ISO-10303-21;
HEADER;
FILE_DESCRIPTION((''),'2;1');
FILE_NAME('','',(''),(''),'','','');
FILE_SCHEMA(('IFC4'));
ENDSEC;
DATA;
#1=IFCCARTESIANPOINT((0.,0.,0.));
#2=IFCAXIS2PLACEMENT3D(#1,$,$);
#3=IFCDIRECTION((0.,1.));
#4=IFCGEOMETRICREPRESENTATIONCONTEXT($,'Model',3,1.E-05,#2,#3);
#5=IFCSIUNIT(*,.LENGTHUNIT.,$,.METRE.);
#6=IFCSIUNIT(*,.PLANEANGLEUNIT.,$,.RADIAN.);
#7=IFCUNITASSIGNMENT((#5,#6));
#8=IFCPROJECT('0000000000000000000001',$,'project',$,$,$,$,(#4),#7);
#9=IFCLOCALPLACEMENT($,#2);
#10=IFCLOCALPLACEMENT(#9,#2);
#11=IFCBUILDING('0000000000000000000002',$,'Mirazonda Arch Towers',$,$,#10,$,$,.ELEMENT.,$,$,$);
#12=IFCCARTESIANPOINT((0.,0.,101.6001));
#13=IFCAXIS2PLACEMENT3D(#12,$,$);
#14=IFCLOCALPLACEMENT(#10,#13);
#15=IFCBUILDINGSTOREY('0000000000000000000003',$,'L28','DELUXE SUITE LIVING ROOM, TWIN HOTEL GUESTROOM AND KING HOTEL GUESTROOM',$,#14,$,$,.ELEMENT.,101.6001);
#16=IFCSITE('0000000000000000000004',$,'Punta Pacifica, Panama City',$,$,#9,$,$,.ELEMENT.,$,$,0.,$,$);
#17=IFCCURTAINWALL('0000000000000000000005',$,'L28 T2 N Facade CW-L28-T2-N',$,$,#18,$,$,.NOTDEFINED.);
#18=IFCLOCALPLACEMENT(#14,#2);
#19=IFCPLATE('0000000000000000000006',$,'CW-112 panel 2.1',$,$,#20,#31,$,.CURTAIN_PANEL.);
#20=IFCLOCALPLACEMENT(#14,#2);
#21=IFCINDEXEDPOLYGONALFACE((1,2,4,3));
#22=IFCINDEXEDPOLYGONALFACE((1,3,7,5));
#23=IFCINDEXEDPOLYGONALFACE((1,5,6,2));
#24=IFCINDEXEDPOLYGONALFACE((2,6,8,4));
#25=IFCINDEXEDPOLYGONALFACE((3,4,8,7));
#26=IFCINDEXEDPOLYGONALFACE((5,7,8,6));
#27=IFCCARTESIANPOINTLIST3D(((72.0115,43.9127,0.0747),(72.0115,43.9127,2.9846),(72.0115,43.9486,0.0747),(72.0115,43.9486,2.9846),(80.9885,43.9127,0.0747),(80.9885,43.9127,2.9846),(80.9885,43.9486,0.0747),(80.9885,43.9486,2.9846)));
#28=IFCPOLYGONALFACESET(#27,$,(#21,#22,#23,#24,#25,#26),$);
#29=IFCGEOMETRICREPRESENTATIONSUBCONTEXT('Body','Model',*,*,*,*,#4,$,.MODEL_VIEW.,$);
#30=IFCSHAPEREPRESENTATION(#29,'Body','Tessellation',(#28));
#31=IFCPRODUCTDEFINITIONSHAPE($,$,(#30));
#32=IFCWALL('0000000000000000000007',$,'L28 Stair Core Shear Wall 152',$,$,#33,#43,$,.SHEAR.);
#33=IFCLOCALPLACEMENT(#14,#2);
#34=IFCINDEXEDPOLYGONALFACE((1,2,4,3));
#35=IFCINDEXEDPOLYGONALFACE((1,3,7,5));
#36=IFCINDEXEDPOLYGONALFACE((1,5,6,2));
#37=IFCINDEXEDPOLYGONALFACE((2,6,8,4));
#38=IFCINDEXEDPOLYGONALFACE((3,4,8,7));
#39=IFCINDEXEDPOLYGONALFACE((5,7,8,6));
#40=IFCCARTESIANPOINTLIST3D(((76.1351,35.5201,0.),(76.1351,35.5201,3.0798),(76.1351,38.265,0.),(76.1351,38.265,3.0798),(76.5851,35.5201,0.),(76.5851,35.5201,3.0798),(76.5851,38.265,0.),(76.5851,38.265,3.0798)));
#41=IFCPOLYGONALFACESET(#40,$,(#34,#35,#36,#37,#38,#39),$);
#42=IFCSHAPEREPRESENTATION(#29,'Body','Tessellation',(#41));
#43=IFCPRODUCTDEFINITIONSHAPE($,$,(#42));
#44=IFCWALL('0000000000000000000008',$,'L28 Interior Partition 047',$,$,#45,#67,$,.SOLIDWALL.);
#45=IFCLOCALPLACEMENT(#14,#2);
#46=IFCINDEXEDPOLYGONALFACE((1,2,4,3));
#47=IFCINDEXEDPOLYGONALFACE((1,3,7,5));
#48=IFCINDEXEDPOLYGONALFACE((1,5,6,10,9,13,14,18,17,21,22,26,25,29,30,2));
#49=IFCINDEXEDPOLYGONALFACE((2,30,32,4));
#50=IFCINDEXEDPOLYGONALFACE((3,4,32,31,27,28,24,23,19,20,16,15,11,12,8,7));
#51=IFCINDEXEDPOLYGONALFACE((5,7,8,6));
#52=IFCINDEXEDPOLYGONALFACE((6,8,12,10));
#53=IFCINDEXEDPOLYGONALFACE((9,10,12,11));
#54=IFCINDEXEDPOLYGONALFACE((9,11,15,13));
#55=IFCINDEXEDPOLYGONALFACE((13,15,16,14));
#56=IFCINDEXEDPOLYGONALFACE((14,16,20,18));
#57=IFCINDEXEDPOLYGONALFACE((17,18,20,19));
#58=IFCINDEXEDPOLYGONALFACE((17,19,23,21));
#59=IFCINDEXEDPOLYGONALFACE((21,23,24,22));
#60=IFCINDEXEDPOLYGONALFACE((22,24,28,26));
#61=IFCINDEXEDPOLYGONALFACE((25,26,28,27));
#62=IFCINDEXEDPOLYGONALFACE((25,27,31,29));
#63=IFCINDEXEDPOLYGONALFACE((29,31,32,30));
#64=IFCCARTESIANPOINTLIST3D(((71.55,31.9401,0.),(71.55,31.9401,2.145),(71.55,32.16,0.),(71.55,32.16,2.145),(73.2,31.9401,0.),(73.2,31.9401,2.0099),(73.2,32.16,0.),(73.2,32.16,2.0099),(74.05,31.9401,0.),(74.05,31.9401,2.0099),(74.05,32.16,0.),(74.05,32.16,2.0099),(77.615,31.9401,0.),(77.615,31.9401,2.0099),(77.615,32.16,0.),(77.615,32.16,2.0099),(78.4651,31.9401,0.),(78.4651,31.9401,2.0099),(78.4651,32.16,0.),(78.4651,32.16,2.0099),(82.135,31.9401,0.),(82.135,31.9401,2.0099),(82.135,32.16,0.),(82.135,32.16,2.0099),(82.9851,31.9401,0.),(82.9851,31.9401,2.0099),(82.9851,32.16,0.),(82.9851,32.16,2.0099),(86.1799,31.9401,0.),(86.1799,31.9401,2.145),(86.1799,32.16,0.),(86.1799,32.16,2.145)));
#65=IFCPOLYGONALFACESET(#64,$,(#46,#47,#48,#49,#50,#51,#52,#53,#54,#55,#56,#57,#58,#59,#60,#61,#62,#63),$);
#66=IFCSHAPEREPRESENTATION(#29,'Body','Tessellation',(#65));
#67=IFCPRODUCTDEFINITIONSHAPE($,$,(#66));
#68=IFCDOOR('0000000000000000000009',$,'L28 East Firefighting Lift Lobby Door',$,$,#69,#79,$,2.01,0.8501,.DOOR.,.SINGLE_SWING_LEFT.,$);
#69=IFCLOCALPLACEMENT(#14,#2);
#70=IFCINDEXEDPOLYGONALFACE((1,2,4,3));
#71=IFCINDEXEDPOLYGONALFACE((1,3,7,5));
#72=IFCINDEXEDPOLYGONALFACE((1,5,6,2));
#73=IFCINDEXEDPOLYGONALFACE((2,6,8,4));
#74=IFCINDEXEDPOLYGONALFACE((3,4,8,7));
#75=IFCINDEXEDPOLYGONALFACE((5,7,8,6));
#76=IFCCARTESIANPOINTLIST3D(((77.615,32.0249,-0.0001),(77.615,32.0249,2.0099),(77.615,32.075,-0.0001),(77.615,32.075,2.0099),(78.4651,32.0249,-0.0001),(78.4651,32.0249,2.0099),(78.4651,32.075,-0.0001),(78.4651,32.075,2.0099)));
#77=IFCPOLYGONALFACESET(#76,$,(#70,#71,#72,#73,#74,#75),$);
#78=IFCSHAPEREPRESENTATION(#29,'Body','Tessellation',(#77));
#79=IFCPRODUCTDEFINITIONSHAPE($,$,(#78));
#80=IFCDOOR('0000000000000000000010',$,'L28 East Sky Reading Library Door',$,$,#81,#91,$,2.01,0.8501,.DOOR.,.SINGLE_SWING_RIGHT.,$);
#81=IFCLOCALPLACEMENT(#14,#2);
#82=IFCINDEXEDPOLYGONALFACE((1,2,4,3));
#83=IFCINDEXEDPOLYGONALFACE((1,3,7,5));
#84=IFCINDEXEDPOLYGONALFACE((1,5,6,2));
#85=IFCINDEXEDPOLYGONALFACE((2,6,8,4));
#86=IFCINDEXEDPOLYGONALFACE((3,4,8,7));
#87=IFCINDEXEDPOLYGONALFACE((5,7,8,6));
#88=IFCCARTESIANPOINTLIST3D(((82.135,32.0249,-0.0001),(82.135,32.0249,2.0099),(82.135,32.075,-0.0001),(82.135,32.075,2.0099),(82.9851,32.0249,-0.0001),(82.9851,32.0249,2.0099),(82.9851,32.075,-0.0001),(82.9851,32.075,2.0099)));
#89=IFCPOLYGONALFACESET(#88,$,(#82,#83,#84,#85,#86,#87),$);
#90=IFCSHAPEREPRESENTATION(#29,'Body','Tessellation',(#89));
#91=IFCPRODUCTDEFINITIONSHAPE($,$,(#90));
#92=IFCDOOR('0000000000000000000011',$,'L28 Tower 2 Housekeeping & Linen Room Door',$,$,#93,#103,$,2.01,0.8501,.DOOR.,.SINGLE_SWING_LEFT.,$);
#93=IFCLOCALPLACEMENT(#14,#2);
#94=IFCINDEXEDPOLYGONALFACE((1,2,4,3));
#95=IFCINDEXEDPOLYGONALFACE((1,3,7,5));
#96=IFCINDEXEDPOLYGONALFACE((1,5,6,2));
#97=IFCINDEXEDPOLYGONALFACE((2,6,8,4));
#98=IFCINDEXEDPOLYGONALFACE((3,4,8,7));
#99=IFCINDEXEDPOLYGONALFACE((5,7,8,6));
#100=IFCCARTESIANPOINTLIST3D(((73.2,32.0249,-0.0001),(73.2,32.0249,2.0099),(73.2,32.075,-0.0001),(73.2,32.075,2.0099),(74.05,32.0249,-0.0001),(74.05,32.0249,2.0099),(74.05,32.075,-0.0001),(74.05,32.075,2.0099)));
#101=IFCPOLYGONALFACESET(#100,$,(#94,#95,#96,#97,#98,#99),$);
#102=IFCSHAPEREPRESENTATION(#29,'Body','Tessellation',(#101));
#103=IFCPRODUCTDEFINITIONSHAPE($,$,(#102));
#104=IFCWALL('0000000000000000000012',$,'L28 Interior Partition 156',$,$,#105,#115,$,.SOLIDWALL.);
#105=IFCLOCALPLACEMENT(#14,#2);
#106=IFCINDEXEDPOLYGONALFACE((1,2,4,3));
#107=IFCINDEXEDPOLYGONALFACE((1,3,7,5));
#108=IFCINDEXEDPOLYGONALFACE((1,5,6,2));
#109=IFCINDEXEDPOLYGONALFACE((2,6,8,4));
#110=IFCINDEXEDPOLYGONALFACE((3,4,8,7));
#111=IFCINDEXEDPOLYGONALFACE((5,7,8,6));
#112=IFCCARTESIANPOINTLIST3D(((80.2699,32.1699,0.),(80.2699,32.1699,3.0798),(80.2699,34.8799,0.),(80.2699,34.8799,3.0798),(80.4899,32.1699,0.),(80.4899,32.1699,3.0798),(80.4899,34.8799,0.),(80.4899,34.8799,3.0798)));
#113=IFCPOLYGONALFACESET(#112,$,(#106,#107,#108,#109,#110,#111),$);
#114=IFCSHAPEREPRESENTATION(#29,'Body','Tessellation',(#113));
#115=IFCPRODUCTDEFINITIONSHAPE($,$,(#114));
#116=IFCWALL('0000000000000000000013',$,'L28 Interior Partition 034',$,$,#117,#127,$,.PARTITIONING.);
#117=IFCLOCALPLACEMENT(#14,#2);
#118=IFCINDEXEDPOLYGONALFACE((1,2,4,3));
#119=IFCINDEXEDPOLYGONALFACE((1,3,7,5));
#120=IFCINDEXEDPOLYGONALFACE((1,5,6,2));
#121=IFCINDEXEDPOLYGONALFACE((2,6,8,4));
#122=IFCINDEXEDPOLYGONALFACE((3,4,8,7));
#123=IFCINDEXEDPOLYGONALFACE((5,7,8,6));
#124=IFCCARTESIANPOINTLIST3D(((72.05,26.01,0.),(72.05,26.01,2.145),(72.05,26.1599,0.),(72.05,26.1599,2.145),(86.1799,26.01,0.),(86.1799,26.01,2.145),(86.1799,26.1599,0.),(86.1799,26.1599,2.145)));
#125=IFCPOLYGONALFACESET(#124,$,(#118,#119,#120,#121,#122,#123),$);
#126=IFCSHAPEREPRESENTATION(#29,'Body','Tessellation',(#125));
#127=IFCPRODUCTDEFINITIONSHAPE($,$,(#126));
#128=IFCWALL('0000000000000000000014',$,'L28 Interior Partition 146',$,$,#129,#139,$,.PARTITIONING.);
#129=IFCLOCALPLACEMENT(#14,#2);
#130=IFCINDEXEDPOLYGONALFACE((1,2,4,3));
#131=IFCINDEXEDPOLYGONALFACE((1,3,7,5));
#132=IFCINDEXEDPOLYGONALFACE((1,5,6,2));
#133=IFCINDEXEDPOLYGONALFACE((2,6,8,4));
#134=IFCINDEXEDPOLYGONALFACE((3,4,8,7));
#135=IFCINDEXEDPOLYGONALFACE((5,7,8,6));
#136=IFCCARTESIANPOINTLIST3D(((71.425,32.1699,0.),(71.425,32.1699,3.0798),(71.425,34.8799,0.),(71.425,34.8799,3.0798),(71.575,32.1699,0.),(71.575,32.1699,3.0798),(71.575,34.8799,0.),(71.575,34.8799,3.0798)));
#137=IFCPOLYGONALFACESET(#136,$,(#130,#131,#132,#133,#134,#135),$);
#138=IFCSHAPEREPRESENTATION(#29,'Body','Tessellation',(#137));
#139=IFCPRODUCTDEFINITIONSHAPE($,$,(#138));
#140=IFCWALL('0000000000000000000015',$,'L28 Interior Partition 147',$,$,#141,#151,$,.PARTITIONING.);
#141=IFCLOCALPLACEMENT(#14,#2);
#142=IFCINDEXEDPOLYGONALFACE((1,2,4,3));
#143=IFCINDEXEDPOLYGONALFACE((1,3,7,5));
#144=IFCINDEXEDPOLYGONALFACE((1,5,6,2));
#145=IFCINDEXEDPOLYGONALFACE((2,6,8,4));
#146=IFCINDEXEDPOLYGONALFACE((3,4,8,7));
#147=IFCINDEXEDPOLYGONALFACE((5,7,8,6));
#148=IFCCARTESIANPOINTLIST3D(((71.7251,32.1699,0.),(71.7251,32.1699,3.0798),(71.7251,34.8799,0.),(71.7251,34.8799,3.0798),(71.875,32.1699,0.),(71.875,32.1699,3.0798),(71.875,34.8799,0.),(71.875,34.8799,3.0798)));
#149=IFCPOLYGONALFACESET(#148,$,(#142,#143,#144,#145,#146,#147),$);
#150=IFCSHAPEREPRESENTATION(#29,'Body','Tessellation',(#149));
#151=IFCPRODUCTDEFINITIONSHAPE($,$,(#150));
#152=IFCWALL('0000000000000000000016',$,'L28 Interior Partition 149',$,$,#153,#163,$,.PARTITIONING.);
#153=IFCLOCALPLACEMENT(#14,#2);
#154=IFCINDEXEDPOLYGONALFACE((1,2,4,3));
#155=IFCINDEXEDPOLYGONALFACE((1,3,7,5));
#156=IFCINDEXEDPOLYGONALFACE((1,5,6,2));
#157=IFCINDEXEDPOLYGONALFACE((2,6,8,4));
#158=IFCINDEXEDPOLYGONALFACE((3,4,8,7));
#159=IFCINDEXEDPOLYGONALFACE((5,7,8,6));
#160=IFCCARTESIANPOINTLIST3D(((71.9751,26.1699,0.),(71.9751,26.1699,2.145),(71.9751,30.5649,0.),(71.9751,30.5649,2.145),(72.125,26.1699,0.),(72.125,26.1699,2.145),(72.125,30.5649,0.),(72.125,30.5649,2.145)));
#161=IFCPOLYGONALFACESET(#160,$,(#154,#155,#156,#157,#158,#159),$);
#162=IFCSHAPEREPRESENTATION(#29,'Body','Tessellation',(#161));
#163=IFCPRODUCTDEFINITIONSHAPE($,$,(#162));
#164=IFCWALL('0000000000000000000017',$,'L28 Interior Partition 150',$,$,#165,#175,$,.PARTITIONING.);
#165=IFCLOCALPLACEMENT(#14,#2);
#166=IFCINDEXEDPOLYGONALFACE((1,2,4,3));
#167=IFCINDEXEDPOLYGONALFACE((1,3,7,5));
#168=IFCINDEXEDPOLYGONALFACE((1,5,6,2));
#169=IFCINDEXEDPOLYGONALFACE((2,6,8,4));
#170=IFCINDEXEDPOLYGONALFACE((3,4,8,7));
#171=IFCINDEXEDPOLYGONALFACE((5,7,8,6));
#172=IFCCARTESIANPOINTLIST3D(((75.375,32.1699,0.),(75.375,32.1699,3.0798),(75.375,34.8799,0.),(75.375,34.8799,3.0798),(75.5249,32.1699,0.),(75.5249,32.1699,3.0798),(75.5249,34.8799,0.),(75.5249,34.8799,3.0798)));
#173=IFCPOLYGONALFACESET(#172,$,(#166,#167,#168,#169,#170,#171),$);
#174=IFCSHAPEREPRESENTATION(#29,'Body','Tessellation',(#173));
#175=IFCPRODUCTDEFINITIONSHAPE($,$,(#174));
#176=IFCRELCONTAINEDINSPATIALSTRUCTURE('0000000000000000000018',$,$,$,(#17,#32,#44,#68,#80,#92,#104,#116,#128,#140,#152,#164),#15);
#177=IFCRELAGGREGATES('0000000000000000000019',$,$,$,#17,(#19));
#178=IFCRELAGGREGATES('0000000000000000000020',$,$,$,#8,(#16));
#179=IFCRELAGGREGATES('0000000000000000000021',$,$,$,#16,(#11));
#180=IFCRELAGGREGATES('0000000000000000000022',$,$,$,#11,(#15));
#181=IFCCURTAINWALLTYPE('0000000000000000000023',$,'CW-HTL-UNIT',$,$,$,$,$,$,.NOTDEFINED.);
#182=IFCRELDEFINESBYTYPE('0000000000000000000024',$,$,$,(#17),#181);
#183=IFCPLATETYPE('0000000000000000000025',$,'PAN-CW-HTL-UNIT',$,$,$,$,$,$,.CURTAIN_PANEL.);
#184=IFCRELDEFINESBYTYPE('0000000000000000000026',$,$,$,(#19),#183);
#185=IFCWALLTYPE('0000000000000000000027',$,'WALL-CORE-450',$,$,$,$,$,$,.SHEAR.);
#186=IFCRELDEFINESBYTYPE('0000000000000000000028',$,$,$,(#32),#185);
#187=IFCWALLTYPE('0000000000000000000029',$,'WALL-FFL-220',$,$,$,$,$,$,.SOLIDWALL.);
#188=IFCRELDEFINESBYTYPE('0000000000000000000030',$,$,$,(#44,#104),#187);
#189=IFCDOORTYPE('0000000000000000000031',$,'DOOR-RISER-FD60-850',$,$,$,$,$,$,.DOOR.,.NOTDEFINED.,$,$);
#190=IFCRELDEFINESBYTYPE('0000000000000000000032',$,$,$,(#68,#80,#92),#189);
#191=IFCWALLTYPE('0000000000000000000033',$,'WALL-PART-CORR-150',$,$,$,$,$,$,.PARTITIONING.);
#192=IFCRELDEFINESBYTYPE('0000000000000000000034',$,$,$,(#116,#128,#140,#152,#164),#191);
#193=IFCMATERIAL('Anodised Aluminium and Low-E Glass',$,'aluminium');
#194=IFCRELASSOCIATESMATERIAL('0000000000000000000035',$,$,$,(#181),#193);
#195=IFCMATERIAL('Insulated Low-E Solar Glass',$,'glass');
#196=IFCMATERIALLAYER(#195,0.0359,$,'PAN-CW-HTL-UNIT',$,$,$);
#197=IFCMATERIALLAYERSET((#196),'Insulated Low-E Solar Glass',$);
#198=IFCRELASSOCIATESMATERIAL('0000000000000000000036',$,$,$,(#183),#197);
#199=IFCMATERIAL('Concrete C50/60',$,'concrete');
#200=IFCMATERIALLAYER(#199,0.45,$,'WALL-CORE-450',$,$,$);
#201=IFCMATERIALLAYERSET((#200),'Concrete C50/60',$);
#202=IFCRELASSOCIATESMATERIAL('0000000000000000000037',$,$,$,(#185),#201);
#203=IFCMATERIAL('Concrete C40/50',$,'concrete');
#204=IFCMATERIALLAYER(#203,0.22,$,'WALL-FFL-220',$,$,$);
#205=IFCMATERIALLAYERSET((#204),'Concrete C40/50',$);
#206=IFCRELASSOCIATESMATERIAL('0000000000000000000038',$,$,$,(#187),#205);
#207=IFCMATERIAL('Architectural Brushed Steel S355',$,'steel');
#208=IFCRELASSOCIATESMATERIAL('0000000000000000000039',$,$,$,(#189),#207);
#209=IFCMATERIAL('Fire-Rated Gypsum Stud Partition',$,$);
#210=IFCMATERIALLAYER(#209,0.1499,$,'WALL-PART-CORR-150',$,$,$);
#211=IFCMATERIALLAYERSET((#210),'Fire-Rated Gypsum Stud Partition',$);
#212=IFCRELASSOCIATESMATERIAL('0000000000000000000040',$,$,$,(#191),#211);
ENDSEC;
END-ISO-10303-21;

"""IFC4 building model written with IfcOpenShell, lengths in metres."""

from ifc_helpers import new_model, si_unit, direction, frame, frame_2d, origin, origin_2d, place, context, subcontext, project, spatial, rectangle, extrude, material, layer, layer_set, type_object, element, fill, aggregate, save


model = new_model("IFC4")

# Units and contexts
model_context = context("Model", 3, precision=1e-05, world=origin(), true_north=direction((0.0, 1.0)))
body_context = subcontext(model_context, "Body", "Model", "MODEL_VIEW")
ifc_project = project(units=[si_unit("LENGTHUNIT", "METRE"), si_unit("PLANEANGLEUNIT", "RADIAN")], contexts=[model_context])

# Site, building, storey
site_placement = place(None, origin())
site = spatial("IfcSite", under=ifc_project, at=site_placement, Name="Punta Pacifica, Panama City", CompositionType="ELEMENT", RefElevation=0.0)
building_placement = place(site_placement, origin())
building = spatial("IfcBuilding", under=site, at=building_placement, Name="Mirazonda Arch Towers", CompositionType="ELEMENT")
storey_placement = place(building_placement, frame((0.0, 0.0, 101.6001)))
storey = spatial("IfcBuildingStorey", under=building, at=storey_placement, Name="L28", Description="DELUXE SUITE LIVING ROOM, TWIN HOTEL GUESTROOM AND KING HOTEL GUESTROOM", CompositionType="ELEMENT", Elevation=101.6001)

# Shared definitions
ifc_material_1 = material(Name="Concrete C50/60", Category="concrete")

# Curtain wall, plate
ifc_material_2 = material(Name="Anodised Aluminium and Low-E Glass", Category="aluminium")
curtain_wall_type = type_object("IfcCurtainWallType", Name="CW-HTL-UNIT", PredefinedType="NOTDEFINED", material=ifc_material_2)
curtain_wall_placement = place(storey_placement, origin())
curtain_wall = element("IfcCurtainWall", 1, at=curtain_wall_placement, inside=storey, type_object=curtain_wall_type, Name="L28 T2 N Facade CW-L28-T2-N", PredefinedType="NOTDEFINED")
ifc_material_3 = material(Name="Insulated Low-E Solar Glass", Category="glass")
ifc_layer_1 = layer(ifc_material_3, 0.0359, Name="PAN-CW-HTL-UNIT")
ifc_layer_set_1 = layer_set([ifc_layer_1], Name="Insulated Low-E Solar Glass")
plate_type = type_object("IfcPlateType", Name="PAN-CW-HTL-UNIT", PredefinedType="CURTAIN_PANEL", material=ifc_layer_set_1)
plate_placement = place(storey_placement, frame((76.5, 43.9307, 0.0747), z_axis=(0.0, 0.0, 1.0), x_axis=(1.0, 0.0, 0.0)))
plate = element("IfcPlate", 2, at=plate_placement, type_object=plate_type, Name="CW-112 panel 2.1", PredefinedType="CURTAIN_PANEL", context=body_context, shape_type="SweptSolid", body=[
    extrude(rectangle(XDim=8.9771, YDim=0.0359, at=origin_2d()), origin(), (0.0, 0.0, 1.0), 2.9099),
])
aggregate(curtain_wall, [plate])

# Wall
ifc_layer_2 = layer(ifc_material_1, 0.45, Name="WALL-CORE-450")
ifc_layer_set_2 = layer_set([ifc_layer_2], Name="Concrete C50/60")
wall_type_1 = type_object("IfcWallType", Name="WALL-CORE-450", PredefinedType="SHEAR", material=ifc_layer_set_2)
wall_1_placement = place(storey_placement, frame((76.3601, 35.52, 0.0), z_axis=(0.0, 0.0, 1.0), x_axis=(0.0, 1.0, 0.0)))
element("IfcWall", 3, at=wall_1_placement, inside=storey, type_object=wall_type_1, Name="L28 Stair Core Shear Wall 152", PredefinedType="SHEAR", context=body_context, shape_type="SweptSolid", body=[
    extrude(rectangle(XDim=2.7449, YDim=0.45, at=frame_2d((1.3726, 0.0))), origin(), (0.0, 0.0, 1.0), 3.0798),
])

# Wall, openings, doors
ifc_material_4 = material(Name="Concrete C40/50", Category="concrete")
ifc_layer_3 = layer(ifc_material_4, 0.22, Name="WALL-FFL-220")
ifc_layer_set_3 = layer_set([ifc_layer_3], Name="Concrete C40/50")
wall_type_2 = type_object("IfcWallType", Name="WALL-FFL-220", PredefinedType="SOLIDWALL", material=ifc_layer_set_3)
wall_2_placement = place(storey_placement, frame((71.55, 32.05, 0.0), z_axis=(0.0, 0.0, 1.0), x_axis=(1.0, 0.0, 0.0)))
wall_2 = element("IfcWall", 4, at=wall_2_placement, inside=storey, type_object=wall_type_2, Name="L28 Interior Partition 047", PredefinedType="SOLIDWALL", context=body_context, shape_type="SweptSolid", body=[
    extrude(rectangle(XDim=14.6299, YDim=0.22, at=frame_2d((7.3149, 0.0))), origin(), (0.0, 0.0, 1.0), 2.145),
])
opening_1_placement = place(wall_2_placement, frame((6.0649, 0.0, 0.0)))
opening_1 = element("IfcOpeningElement", 5, at=opening_1_placement, cuts=wall_2, PredefinedType="OPENING", context=body_context, shape_type="SweptSolid", body=[
    extrude(rectangle(XDim=0.8501, YDim=2.01, at=frame_2d((0.425, 1.0049))), frame((0.0, 0.1199, 0.0), z_axis=(0.0, -1.0, 0.0), x_axis=(1.0, 0.0, 0.0)), (0.0, 0.0, 1.0), 0.24),
])
opening_2_placement = place(wall_2_placement, frame((10.585, 0.0, 0.0)))
opening_2 = element("IfcOpeningElement", 6, at=opening_2_placement, cuts=wall_2, PredefinedType="OPENING", context=body_context, shape_type="SweptSolid", body=[
    extrude(rectangle(XDim=0.8501, YDim=2.01, at=frame_2d((0.425, 1.0049))), frame((0.0, 0.1199, 0.0), z_axis=(0.0, -1.0, 0.0), x_axis=(1.0, 0.0, 0.0)), (0.0, 0.0, 1.0), 0.24),
])
opening_3_placement = place(wall_2_placement, frame((1.6499, 0.0, 0.0)))
opening_3 = element("IfcOpeningElement", 7, at=opening_3_placement, cuts=wall_2, PredefinedType="OPENING", context=body_context, shape_type="SweptSolid", body=[
    extrude(rectangle(XDim=0.8501, YDim=2.01, at=frame_2d((0.425, 1.0049))), frame((0.0, 0.1199, 0.0), z_axis=(0.0, -1.0, 0.0), x_axis=(1.0, 0.0, 0.0)), (0.0, 0.0, 1.0), 0.24),
])
ifc_material_5 = material(Name="Architectural Brushed Steel S355", Category="steel")
door_type = type_object("IfcDoorType", Name="DOOR-RISER-FD60-850", OperationType="NOTDEFINED", PredefinedType="DOOR", material=ifc_material_5)
door_1_placement = place(opening_1_placement, origin())
door_1 = element("IfcDoor", 8, at=door_1_placement, inside=storey, type_object=door_type, Name="L28 East Firefighting Lift Lobby Door", OperationType="SINGLE_SWING_LEFT", OverallHeight=2.01, OverallWidth=0.8501, PredefinedType="DOOR", context=body_context, shape_type="SweptSolid", body=[
    extrude(rectangle(XDim=0.8501, YDim=2.01, at=frame_2d((0.425, 1.0049))), frame((0.0, 0.0249, 0.0), z_axis=(0.0, -1.0, 0.0), x_axis=(1.0, 0.0, 0.0)), (0.0, 0.0, 1.0), 0.05),
])
fill(opening_1, door_1)
door_2_placement = place(opening_2_placement, origin())
door_2 = element("IfcDoor", 9, at=door_2_placement, inside=storey, type_object=door_type, Name="L28 East Sky Reading Library Door", OperationType="SINGLE_SWING_RIGHT", OverallHeight=2.01, OverallWidth=0.8501, PredefinedType="DOOR", context=body_context, shape_type="SweptSolid", body=[
    extrude(rectangle(XDim=0.8501, YDim=2.01, at=frame_2d((0.425, 1.0049))), frame((0.0, 0.0249, 0.0), z_axis=(0.0, -1.0, 0.0), x_axis=(1.0, 0.0, 0.0)), (0.0, 0.0, 1.0), 0.05),
])
fill(opening_2, door_2)
door_3_placement = place(opening_3_placement, origin())
door_3 = element("IfcDoor", 10, at=door_3_placement, inside=storey, type_object=door_type, Name="L28 Tower 2 Housekeeping & Linen Room Door", OperationType="SINGLE_SWING_LEFT", OverallHeight=2.01, OverallWidth=0.8501, PredefinedType="DOOR", context=body_context, shape_type="SweptSolid", body=[
    extrude(rectangle(XDim=0.8501, YDim=2.01, at=frame_2d((0.425, 1.0049))), frame((0.0, 0.0249, 0.0), z_axis=(0.0, -1.0, 0.0), x_axis=(1.0, 0.0, 0.0)), (0.0, 0.0, 1.0), 0.05),
])
fill(opening_3, door_3)

# Walls
wall_3_placement = place(storey_placement, frame((80.3799, 32.1699, 0.0), z_axis=(0.0, 0.0, 1.0), x_axis=(0.0, 1.0, 0.0)))
element("IfcWall", 11, at=wall_3_placement, inside=storey, type_object=wall_type_2, Name="L28 Interior Partition 156", PredefinedType="SOLIDWALL", context=body_context, shape_type="SweptSolid", body=[
    extrude(rectangle(XDim=2.71, YDim=0.22, at=frame_2d((1.355, 0.0))), origin(), (0.0, 0.0, 1.0), 3.0798),
])
ifc_material_6 = material(Name="Fire-Rated Gypsum Stud Partition")
ifc_layer_4 = layer(ifc_material_6, 0.1499, Name="WALL-PART-CORR-150")
ifc_layer_set_4 = layer_set([ifc_layer_4], Name="Fire-Rated Gypsum Stud Partition")
wall_type_3 = type_object("IfcWallType", Name="WALL-PART-CORR-150", PredefinedType="PARTITIONING", material=ifc_layer_set_4)
wall_4_placement = place(storey_placement, frame((72.05, 26.085, 0.0), z_axis=(0.0, 0.0, 1.0), x_axis=(1.0, 0.0, 0.0)))
element("IfcWall", 12, at=wall_4_placement, inside=storey, type_object=wall_type_3, Name="L28 Interior Partition 034", PredefinedType="PARTITIONING", context=body_context, shape_type="SweptSolid", body=[
    extrude(rectangle(XDim=14.1299, YDim=0.1499, at=frame_2d((7.0649, 0.0))), origin(), (0.0, 0.0, 1.0), 2.145),
])
for number, where, z_axis, x_axis, name in (
    (13, (71.5, 32.1699, 0.0), (0.0, 0.0, 1.0), (0.0, 1.0, 0.0), "L28 Interior Partition 146"),
    (14, (71.8, 32.1699, 0.0), (0.0, 0.0, 1.0), (0.0, 1.0, 0.0), "L28 Interior Partition 147"),
):
    element("IfcWall", number, at=place(storey_placement, frame(where, z_axis=z_axis, x_axis=x_axis)), inside=storey, type_object=wall_type_3, Name=name, PredefinedType="PARTITIONING", context=body_context, shape_type="SweptSolid", body=[
        extrude(rectangle(XDim=2.71, YDim=0.1499, at=frame_2d((1.355, 0.0))), origin(), (0.0, 0.0, 1.0), 3.0798),
    ])
wall_5_placement = place(storey_placement, frame((72.05, 26.1699, 0.0), z_axis=(0.0, 0.0, 1.0), x_axis=(0.0, 1.0, 0.0)))
element("IfcWall", 15, at=wall_5_placement, inside=storey, type_object=wall_type_3, Name="L28 Interior Partition 149", PredefinedType="PARTITIONING", context=body_context, shape_type="SweptSolid", body=[
    extrude(rectangle(XDim=4.395, YDim=0.1499, at=frame_2d((2.1975, 0.0))), origin(), (0.0, 0.0, 1.0), 2.145),
])
wall_6_placement = place(storey_placement, frame((75.45, 32.1699, 0.0), z_axis=(0.0, 0.0, 1.0), x_axis=(0.0, 1.0, 0.0)))
element("IfcWall", 16, at=wall_6_placement, inside=storey, type_object=wall_type_3, Name="L28 Interior Partition 150", PredefinedType="PARTITIONING", context=body_context, shape_type="SweptSolid", body=[
    extrude(rectangle(XDim=2.71, YDim=0.1499, at=frame_2d((1.355, 0.0))), origin(), (0.0, 0.0, 1.0), 3.0798),
])

save(model, "model.ifc")
